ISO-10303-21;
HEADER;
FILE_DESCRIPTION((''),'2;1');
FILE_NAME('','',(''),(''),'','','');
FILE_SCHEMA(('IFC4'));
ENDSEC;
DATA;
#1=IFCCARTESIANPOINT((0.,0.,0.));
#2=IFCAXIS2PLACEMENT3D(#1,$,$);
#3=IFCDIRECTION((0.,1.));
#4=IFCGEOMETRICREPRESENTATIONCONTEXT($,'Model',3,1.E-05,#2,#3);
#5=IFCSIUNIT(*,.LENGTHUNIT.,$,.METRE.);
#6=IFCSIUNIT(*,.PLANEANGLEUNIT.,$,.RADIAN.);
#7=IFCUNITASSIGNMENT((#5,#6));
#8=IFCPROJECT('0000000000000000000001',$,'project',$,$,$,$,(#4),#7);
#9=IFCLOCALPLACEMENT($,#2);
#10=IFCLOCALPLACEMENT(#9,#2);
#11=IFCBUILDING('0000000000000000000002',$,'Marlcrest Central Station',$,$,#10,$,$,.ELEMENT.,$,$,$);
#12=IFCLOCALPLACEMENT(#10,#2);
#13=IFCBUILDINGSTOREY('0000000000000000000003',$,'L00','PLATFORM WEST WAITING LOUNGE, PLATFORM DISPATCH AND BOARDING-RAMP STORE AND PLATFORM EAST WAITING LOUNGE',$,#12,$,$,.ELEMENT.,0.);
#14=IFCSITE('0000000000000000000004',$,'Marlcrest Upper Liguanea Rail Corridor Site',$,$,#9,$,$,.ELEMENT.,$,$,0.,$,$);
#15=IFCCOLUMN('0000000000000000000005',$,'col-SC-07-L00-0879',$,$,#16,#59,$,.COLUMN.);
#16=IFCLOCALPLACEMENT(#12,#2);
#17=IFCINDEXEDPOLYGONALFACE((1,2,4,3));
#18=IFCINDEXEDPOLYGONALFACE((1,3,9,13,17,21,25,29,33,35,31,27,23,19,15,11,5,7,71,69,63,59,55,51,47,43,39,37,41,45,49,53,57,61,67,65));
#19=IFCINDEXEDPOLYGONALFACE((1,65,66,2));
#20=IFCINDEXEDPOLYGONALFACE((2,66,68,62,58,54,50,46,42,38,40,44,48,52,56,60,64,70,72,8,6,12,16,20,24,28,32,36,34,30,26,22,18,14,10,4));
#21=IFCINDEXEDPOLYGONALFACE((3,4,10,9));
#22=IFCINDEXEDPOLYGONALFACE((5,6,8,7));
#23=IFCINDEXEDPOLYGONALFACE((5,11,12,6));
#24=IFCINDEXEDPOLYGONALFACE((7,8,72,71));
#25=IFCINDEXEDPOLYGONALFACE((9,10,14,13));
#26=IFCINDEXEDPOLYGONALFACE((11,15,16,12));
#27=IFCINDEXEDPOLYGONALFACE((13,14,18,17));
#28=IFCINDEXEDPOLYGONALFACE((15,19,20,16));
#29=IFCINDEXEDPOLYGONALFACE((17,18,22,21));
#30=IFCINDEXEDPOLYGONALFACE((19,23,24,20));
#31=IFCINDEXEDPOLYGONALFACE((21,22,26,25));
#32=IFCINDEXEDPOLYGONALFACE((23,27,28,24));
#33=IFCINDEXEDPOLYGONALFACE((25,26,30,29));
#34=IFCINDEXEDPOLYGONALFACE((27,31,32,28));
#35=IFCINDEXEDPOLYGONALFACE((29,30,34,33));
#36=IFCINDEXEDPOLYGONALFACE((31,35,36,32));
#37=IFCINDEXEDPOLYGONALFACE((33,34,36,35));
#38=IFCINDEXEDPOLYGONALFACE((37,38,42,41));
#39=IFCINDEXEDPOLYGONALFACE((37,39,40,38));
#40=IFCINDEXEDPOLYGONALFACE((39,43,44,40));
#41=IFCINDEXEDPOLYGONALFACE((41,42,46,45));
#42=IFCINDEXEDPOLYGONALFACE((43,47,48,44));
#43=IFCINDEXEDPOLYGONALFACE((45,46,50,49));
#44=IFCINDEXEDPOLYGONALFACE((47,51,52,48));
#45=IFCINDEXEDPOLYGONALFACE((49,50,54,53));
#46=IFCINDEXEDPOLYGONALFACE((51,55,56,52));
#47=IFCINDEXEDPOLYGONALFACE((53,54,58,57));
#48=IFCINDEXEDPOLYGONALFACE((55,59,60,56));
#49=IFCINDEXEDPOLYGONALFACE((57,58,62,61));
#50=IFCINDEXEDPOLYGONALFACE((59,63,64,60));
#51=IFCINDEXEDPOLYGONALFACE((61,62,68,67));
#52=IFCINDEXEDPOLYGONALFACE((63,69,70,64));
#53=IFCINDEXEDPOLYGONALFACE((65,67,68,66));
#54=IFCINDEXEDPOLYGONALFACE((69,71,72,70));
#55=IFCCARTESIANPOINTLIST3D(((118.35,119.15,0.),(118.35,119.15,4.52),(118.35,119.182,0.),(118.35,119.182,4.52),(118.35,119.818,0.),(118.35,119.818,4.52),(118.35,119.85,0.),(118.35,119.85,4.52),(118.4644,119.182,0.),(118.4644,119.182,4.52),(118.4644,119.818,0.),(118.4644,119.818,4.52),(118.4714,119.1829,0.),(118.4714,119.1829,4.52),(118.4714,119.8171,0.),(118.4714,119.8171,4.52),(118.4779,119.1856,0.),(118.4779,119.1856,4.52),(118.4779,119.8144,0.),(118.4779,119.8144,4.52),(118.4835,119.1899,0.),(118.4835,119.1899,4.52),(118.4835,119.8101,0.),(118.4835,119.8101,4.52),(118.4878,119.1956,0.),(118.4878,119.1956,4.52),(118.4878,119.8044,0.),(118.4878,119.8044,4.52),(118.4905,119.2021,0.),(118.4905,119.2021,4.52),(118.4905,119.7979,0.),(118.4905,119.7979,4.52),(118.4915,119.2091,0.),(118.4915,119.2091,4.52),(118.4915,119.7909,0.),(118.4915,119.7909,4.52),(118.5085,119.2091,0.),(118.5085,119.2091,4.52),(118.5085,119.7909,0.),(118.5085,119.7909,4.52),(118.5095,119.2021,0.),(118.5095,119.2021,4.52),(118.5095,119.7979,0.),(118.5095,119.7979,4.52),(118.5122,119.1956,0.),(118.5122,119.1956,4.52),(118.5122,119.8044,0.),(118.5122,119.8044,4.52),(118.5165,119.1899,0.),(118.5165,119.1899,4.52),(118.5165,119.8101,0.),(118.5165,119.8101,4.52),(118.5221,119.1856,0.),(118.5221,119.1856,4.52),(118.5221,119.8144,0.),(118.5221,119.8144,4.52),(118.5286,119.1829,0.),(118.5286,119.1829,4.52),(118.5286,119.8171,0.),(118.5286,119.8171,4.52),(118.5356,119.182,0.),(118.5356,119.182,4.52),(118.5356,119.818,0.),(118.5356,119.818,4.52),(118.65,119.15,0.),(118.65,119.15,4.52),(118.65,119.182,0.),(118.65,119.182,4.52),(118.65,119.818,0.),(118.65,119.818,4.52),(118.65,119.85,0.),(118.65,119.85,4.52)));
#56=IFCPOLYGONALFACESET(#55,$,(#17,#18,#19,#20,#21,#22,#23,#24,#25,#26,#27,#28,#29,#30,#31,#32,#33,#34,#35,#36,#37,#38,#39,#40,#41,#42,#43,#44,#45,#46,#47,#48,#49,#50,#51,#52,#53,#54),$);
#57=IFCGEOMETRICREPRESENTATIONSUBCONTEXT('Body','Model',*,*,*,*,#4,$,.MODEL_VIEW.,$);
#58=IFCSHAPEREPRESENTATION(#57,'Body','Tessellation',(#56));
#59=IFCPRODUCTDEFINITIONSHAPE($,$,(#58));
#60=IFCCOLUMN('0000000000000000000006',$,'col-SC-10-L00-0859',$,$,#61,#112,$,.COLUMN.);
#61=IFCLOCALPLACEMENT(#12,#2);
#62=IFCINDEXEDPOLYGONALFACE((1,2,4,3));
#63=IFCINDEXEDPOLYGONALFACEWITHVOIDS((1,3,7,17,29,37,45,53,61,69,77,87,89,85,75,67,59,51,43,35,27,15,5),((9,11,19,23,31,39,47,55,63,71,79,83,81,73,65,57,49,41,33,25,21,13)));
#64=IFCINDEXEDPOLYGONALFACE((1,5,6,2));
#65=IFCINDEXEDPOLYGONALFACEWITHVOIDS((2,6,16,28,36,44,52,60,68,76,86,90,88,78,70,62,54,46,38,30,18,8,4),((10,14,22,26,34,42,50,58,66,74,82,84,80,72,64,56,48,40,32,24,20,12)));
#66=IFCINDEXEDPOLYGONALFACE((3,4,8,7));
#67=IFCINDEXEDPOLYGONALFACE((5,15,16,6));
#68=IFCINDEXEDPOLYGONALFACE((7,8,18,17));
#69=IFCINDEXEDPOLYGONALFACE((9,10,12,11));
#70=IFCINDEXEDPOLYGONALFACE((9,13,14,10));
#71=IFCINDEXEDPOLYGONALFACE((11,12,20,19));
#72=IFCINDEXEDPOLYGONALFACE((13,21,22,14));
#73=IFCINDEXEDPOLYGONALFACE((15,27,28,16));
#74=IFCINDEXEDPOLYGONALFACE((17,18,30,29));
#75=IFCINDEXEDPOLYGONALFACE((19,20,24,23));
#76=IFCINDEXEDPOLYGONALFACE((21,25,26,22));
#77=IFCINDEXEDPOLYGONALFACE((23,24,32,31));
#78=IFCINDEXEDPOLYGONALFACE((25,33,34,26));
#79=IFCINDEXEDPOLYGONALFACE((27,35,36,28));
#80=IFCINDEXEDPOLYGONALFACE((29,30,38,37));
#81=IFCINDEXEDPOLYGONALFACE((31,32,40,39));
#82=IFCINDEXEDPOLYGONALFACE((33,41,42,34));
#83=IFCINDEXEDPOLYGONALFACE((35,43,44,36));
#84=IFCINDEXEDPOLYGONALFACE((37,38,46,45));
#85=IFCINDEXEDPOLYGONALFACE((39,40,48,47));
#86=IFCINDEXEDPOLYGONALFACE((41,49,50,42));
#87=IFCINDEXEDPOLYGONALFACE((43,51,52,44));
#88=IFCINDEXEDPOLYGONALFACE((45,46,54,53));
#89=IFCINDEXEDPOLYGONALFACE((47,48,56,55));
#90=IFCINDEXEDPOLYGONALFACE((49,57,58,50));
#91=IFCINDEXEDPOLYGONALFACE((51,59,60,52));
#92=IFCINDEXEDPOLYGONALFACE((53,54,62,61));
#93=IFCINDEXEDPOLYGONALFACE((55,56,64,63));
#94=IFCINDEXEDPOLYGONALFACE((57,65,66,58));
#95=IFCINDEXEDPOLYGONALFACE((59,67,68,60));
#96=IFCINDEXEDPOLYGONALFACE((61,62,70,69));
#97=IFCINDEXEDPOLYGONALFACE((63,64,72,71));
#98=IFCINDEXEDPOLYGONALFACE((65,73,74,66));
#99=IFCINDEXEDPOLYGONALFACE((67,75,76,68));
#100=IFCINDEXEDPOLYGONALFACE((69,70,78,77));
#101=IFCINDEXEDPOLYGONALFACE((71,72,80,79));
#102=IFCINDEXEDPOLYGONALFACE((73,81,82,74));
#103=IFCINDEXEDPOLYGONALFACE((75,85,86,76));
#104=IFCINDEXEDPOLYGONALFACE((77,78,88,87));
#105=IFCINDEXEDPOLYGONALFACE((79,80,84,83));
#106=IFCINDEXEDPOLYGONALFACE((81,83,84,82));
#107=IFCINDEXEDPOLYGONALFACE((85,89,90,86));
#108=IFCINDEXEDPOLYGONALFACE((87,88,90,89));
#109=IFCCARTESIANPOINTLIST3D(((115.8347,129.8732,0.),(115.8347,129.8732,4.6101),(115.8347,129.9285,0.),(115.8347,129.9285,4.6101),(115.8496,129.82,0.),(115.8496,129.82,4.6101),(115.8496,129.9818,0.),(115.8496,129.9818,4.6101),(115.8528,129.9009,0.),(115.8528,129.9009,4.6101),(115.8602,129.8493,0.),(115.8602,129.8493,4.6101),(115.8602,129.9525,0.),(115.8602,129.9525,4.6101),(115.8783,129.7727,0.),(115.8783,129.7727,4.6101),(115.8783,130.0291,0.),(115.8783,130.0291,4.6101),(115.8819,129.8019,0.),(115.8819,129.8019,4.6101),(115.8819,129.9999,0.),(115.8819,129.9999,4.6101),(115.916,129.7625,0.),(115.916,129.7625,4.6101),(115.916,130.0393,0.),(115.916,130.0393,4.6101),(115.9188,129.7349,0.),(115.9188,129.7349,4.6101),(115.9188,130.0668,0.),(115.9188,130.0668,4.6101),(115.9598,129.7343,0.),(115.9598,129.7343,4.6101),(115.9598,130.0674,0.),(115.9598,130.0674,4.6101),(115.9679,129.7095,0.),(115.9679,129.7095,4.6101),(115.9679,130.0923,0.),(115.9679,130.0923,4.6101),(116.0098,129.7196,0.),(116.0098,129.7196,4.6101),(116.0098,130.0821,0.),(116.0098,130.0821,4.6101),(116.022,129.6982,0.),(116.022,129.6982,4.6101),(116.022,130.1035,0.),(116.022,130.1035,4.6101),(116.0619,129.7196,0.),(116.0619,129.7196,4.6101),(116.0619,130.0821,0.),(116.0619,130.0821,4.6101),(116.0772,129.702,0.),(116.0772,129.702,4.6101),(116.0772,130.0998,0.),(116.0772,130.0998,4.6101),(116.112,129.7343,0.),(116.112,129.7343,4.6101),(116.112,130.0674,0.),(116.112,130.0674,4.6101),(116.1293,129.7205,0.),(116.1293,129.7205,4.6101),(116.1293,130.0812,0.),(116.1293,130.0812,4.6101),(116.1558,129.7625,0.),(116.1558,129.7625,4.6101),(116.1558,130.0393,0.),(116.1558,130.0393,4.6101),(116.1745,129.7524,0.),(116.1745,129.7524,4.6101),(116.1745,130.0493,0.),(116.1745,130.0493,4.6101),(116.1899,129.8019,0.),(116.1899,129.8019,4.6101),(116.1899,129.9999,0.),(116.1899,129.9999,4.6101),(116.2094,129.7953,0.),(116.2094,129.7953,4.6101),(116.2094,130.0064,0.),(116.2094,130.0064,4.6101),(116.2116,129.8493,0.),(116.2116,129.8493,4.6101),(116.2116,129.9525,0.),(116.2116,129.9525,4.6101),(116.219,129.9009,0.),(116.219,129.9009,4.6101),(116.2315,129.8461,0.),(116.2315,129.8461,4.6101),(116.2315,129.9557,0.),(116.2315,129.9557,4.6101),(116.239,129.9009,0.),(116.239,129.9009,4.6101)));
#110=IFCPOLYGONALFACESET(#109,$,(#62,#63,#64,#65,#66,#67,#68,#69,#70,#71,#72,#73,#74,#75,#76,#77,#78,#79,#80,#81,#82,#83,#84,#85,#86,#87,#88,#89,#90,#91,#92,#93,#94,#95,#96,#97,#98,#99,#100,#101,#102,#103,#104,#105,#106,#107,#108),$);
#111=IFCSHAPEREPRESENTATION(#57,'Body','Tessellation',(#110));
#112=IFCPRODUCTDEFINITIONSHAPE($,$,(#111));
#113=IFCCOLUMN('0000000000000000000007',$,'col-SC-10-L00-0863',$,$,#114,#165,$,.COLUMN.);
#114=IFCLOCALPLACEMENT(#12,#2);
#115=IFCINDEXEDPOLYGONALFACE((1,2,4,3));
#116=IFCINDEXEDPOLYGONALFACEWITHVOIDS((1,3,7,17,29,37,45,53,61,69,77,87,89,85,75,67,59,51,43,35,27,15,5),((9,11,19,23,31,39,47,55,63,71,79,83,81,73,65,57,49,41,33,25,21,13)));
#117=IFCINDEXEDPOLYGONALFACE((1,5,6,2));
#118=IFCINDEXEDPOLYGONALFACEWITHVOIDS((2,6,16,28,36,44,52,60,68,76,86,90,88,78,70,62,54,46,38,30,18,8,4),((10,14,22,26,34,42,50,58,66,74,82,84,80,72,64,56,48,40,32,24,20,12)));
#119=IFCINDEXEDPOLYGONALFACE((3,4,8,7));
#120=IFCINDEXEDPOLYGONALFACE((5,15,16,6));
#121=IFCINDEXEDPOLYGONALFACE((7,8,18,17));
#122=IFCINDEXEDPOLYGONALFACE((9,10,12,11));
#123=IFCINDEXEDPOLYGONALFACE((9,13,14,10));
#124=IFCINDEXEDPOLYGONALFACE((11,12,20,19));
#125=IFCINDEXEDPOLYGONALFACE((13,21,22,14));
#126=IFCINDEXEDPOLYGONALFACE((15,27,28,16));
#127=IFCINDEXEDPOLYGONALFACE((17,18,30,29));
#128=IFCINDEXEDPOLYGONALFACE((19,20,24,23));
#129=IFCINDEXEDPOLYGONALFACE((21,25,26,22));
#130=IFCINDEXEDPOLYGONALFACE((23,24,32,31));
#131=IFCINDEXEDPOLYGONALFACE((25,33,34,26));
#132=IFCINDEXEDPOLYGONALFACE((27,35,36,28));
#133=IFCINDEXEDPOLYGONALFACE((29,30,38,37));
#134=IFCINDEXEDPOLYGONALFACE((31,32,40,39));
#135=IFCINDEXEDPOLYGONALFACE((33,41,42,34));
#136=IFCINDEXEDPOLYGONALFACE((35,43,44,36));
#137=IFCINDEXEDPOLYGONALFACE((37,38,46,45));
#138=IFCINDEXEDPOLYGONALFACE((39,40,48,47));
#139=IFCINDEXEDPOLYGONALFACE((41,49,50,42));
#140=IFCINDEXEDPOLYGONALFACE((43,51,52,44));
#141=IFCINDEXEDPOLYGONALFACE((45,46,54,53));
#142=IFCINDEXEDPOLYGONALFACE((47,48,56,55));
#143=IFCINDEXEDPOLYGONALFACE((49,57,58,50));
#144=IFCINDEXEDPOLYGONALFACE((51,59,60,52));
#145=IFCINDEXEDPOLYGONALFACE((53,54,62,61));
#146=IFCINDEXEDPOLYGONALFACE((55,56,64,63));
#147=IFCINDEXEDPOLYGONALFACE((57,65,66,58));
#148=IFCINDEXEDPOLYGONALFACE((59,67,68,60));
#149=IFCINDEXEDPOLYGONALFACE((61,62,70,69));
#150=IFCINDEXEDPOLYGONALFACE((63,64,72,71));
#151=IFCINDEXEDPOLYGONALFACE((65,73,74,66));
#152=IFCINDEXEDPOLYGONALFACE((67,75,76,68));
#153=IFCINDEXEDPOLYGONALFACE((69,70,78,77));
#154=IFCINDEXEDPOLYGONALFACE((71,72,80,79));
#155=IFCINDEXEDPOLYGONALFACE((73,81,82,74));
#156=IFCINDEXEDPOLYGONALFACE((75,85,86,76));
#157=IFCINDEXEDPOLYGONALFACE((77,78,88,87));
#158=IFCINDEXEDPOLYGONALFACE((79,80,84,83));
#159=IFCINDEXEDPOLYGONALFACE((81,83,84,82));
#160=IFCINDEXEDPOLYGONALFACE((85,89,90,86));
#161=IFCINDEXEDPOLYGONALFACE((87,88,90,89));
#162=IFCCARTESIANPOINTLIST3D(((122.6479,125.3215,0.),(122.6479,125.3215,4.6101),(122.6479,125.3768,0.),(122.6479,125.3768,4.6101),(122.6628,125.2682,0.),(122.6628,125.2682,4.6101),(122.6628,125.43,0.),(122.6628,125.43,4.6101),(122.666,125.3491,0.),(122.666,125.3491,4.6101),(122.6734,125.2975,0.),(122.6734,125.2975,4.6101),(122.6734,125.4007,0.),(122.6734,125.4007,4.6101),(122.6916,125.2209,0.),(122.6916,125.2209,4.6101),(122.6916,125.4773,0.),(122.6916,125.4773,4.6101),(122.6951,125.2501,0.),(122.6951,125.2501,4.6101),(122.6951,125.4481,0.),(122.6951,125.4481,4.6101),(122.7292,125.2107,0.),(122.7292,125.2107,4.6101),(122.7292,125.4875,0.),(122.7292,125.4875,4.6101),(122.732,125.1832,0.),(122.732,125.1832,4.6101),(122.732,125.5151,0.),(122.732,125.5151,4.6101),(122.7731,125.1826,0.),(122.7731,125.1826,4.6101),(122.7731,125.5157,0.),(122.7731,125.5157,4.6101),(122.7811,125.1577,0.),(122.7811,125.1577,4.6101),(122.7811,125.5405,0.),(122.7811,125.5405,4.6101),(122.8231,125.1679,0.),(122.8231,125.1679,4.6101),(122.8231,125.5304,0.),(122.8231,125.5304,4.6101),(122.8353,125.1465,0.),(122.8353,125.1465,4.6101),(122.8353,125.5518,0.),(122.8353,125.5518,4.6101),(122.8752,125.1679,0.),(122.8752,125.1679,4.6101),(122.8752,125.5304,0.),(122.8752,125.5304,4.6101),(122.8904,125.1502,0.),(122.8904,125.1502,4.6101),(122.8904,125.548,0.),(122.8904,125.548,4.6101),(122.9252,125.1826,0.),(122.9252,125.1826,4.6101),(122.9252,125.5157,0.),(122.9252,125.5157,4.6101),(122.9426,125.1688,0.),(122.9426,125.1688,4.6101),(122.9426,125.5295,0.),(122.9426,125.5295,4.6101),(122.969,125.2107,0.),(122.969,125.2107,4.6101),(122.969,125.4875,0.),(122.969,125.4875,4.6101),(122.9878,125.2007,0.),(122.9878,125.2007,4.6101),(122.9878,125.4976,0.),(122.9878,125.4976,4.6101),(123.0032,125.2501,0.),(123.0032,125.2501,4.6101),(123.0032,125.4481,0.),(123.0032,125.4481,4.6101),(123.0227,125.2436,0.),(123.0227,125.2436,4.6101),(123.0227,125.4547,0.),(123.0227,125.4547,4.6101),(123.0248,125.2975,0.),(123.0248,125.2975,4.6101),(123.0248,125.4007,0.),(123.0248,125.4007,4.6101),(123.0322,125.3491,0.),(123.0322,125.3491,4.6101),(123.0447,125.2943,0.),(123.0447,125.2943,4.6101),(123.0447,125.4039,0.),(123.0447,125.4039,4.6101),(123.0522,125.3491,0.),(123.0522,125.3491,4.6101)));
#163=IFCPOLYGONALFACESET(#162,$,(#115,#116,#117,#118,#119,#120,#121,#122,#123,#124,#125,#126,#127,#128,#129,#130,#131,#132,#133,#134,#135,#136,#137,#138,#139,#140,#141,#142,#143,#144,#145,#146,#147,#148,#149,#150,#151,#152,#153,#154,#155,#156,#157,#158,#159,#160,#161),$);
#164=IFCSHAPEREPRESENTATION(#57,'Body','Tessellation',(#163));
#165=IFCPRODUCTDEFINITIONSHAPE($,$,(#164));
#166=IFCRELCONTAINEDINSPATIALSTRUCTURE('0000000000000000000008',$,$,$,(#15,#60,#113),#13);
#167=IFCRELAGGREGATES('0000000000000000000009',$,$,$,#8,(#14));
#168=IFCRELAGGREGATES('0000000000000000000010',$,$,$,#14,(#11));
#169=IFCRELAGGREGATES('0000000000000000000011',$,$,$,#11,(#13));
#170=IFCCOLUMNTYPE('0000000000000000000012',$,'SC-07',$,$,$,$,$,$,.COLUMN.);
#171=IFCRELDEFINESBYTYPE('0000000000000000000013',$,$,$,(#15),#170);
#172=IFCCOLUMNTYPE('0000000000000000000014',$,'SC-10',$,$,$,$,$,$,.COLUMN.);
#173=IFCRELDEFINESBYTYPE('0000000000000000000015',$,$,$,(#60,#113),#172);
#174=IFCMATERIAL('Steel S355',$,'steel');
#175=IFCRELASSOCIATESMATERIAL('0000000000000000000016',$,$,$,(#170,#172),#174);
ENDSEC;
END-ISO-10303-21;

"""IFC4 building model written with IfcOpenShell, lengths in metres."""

from ifc_helpers import new_model, si_unit, direction, frame, origin, origin_2d, place, context, subcontext, project, spatial, hollow_circle, i_section, extrude, material, material_profile, profile_set, type_object, element, save


model = new_model("IFC4")

# Units and contexts
model_context = context("Model", 3, precision=1e-05, world=origin(), true_north=direction((0.0, 1.0)))
body_context = subcontext(model_context, "Body", "Model", "MODEL_VIEW")
ifc_project = project(units=[si_unit("LENGTHUNIT", "METRE"), si_unit("PLANEANGLEUNIT", "RADIAN")], contexts=[model_context])

# Site, building, storey
site_placement = place(None, origin())
site = spatial("IfcSite", under=ifc_project, at=site_placement, Name="Marlcrest Upper Liguanea Rail Corridor Site", CompositionType="ELEMENT", RefElevation=0.0)
building_placement = place(site_placement, origin())
building = spatial("IfcBuilding", under=site, at=building_placement, Name="Marlcrest Central Station", CompositionType="ELEMENT")
storey_placement = place(building_placement, origin())
storey = spatial("IfcBuildingStorey", under=building, at=storey_placement, Name="L00", Description="PLATFORM WEST WAITING LOUNGE, PLATFORM DISPATCH AND BOARDING-RAMP STORE AND PLATFORM EAST WAITING LOUNGE", CompositionType="ELEMENT", Elevation=0.0)

# Columns
ifc_material_1 = material(Name="Steel S355", Category="steel")
ifc_material_profile_1 = material_profile(ifc_material_1, i_section(OverallWidth=0.3, OverallDepth=0.7, WebThickness=0.0171, FlangeThickness=0.032, FilletRadius=0.0271, at=origin_2d()), Name="HEB 700")
ifc_profile_set_1 = profile_set([ifc_material_profile_1], Name="Steel S355")
column_type_1 = type_object("IfcColumnType", Name="SC-07", PredefinedType="COLUMN", material=ifc_profile_set_1)
column_placement = place(storey_placement, frame((118.5, 119.5, 0.0), z_axis=(0.0, 0.0, 1.0), x_axis=(1.0, 0.0, 0.0)))
element("IfcColumn", 1, at=column_placement, inside=storey, type_object=column_type_1, Name="col-SC-07-L00-0879", PredefinedType="COLUMN", context=body_context, shape_type="SweptSolid", body=[
    extrude(i_section(OverallWidth=0.3, OverallDepth=0.7, WebThickness=0.0171, FlangeThickness=0.032, FilletRadius=0.0271, at=origin_2d()), origin(), (0.0, 0.0, 1.0), 4.52),
])
ifc_material_profile_2 = material_profile(ifc_material_1, hollow_circle(Radius=0.2031, WallThickness=0.02, at=origin_2d()), Name="CHS 406.4x20")
ifc_profile_set_2 = profile_set([ifc_material_profile_2], Name="Steel S355")
column_type_2 = type_object("IfcColumnType", Name="SC-10", PredefinedType="COLUMN", material=ifc_profile_set_2)
for number, where, z_axis, x_axis, name in (
    (2, (116.0359, 129.9009, 0.0), (0.0, 0.0, 1.0), (1.0, 0.0, 0.0), "col-SC-10-L00-0859"),
    (3, (122.8491, 125.3491, 0.0), (0.0, 0.0, 1.0), (1.0, 0.0, 0.0), "col-SC-10-L00-0863"),
):
    element("IfcColumn", number, at=place(storey_placement, frame(where, z_axis=z_axis, x_axis=x_axis)), inside=storey, type_object=column_type_2, Name=name, PredefinedType="COLUMN", context=body_context, shape_type="SweptSolid", body=[
        extrude(hollow_circle(Radius=0.2031, WallThickness=0.02, at=origin_2d()), origin(), (0.0, 0.0, 1.0), 4.6101),
    ])

save(model, "model.ifc")
